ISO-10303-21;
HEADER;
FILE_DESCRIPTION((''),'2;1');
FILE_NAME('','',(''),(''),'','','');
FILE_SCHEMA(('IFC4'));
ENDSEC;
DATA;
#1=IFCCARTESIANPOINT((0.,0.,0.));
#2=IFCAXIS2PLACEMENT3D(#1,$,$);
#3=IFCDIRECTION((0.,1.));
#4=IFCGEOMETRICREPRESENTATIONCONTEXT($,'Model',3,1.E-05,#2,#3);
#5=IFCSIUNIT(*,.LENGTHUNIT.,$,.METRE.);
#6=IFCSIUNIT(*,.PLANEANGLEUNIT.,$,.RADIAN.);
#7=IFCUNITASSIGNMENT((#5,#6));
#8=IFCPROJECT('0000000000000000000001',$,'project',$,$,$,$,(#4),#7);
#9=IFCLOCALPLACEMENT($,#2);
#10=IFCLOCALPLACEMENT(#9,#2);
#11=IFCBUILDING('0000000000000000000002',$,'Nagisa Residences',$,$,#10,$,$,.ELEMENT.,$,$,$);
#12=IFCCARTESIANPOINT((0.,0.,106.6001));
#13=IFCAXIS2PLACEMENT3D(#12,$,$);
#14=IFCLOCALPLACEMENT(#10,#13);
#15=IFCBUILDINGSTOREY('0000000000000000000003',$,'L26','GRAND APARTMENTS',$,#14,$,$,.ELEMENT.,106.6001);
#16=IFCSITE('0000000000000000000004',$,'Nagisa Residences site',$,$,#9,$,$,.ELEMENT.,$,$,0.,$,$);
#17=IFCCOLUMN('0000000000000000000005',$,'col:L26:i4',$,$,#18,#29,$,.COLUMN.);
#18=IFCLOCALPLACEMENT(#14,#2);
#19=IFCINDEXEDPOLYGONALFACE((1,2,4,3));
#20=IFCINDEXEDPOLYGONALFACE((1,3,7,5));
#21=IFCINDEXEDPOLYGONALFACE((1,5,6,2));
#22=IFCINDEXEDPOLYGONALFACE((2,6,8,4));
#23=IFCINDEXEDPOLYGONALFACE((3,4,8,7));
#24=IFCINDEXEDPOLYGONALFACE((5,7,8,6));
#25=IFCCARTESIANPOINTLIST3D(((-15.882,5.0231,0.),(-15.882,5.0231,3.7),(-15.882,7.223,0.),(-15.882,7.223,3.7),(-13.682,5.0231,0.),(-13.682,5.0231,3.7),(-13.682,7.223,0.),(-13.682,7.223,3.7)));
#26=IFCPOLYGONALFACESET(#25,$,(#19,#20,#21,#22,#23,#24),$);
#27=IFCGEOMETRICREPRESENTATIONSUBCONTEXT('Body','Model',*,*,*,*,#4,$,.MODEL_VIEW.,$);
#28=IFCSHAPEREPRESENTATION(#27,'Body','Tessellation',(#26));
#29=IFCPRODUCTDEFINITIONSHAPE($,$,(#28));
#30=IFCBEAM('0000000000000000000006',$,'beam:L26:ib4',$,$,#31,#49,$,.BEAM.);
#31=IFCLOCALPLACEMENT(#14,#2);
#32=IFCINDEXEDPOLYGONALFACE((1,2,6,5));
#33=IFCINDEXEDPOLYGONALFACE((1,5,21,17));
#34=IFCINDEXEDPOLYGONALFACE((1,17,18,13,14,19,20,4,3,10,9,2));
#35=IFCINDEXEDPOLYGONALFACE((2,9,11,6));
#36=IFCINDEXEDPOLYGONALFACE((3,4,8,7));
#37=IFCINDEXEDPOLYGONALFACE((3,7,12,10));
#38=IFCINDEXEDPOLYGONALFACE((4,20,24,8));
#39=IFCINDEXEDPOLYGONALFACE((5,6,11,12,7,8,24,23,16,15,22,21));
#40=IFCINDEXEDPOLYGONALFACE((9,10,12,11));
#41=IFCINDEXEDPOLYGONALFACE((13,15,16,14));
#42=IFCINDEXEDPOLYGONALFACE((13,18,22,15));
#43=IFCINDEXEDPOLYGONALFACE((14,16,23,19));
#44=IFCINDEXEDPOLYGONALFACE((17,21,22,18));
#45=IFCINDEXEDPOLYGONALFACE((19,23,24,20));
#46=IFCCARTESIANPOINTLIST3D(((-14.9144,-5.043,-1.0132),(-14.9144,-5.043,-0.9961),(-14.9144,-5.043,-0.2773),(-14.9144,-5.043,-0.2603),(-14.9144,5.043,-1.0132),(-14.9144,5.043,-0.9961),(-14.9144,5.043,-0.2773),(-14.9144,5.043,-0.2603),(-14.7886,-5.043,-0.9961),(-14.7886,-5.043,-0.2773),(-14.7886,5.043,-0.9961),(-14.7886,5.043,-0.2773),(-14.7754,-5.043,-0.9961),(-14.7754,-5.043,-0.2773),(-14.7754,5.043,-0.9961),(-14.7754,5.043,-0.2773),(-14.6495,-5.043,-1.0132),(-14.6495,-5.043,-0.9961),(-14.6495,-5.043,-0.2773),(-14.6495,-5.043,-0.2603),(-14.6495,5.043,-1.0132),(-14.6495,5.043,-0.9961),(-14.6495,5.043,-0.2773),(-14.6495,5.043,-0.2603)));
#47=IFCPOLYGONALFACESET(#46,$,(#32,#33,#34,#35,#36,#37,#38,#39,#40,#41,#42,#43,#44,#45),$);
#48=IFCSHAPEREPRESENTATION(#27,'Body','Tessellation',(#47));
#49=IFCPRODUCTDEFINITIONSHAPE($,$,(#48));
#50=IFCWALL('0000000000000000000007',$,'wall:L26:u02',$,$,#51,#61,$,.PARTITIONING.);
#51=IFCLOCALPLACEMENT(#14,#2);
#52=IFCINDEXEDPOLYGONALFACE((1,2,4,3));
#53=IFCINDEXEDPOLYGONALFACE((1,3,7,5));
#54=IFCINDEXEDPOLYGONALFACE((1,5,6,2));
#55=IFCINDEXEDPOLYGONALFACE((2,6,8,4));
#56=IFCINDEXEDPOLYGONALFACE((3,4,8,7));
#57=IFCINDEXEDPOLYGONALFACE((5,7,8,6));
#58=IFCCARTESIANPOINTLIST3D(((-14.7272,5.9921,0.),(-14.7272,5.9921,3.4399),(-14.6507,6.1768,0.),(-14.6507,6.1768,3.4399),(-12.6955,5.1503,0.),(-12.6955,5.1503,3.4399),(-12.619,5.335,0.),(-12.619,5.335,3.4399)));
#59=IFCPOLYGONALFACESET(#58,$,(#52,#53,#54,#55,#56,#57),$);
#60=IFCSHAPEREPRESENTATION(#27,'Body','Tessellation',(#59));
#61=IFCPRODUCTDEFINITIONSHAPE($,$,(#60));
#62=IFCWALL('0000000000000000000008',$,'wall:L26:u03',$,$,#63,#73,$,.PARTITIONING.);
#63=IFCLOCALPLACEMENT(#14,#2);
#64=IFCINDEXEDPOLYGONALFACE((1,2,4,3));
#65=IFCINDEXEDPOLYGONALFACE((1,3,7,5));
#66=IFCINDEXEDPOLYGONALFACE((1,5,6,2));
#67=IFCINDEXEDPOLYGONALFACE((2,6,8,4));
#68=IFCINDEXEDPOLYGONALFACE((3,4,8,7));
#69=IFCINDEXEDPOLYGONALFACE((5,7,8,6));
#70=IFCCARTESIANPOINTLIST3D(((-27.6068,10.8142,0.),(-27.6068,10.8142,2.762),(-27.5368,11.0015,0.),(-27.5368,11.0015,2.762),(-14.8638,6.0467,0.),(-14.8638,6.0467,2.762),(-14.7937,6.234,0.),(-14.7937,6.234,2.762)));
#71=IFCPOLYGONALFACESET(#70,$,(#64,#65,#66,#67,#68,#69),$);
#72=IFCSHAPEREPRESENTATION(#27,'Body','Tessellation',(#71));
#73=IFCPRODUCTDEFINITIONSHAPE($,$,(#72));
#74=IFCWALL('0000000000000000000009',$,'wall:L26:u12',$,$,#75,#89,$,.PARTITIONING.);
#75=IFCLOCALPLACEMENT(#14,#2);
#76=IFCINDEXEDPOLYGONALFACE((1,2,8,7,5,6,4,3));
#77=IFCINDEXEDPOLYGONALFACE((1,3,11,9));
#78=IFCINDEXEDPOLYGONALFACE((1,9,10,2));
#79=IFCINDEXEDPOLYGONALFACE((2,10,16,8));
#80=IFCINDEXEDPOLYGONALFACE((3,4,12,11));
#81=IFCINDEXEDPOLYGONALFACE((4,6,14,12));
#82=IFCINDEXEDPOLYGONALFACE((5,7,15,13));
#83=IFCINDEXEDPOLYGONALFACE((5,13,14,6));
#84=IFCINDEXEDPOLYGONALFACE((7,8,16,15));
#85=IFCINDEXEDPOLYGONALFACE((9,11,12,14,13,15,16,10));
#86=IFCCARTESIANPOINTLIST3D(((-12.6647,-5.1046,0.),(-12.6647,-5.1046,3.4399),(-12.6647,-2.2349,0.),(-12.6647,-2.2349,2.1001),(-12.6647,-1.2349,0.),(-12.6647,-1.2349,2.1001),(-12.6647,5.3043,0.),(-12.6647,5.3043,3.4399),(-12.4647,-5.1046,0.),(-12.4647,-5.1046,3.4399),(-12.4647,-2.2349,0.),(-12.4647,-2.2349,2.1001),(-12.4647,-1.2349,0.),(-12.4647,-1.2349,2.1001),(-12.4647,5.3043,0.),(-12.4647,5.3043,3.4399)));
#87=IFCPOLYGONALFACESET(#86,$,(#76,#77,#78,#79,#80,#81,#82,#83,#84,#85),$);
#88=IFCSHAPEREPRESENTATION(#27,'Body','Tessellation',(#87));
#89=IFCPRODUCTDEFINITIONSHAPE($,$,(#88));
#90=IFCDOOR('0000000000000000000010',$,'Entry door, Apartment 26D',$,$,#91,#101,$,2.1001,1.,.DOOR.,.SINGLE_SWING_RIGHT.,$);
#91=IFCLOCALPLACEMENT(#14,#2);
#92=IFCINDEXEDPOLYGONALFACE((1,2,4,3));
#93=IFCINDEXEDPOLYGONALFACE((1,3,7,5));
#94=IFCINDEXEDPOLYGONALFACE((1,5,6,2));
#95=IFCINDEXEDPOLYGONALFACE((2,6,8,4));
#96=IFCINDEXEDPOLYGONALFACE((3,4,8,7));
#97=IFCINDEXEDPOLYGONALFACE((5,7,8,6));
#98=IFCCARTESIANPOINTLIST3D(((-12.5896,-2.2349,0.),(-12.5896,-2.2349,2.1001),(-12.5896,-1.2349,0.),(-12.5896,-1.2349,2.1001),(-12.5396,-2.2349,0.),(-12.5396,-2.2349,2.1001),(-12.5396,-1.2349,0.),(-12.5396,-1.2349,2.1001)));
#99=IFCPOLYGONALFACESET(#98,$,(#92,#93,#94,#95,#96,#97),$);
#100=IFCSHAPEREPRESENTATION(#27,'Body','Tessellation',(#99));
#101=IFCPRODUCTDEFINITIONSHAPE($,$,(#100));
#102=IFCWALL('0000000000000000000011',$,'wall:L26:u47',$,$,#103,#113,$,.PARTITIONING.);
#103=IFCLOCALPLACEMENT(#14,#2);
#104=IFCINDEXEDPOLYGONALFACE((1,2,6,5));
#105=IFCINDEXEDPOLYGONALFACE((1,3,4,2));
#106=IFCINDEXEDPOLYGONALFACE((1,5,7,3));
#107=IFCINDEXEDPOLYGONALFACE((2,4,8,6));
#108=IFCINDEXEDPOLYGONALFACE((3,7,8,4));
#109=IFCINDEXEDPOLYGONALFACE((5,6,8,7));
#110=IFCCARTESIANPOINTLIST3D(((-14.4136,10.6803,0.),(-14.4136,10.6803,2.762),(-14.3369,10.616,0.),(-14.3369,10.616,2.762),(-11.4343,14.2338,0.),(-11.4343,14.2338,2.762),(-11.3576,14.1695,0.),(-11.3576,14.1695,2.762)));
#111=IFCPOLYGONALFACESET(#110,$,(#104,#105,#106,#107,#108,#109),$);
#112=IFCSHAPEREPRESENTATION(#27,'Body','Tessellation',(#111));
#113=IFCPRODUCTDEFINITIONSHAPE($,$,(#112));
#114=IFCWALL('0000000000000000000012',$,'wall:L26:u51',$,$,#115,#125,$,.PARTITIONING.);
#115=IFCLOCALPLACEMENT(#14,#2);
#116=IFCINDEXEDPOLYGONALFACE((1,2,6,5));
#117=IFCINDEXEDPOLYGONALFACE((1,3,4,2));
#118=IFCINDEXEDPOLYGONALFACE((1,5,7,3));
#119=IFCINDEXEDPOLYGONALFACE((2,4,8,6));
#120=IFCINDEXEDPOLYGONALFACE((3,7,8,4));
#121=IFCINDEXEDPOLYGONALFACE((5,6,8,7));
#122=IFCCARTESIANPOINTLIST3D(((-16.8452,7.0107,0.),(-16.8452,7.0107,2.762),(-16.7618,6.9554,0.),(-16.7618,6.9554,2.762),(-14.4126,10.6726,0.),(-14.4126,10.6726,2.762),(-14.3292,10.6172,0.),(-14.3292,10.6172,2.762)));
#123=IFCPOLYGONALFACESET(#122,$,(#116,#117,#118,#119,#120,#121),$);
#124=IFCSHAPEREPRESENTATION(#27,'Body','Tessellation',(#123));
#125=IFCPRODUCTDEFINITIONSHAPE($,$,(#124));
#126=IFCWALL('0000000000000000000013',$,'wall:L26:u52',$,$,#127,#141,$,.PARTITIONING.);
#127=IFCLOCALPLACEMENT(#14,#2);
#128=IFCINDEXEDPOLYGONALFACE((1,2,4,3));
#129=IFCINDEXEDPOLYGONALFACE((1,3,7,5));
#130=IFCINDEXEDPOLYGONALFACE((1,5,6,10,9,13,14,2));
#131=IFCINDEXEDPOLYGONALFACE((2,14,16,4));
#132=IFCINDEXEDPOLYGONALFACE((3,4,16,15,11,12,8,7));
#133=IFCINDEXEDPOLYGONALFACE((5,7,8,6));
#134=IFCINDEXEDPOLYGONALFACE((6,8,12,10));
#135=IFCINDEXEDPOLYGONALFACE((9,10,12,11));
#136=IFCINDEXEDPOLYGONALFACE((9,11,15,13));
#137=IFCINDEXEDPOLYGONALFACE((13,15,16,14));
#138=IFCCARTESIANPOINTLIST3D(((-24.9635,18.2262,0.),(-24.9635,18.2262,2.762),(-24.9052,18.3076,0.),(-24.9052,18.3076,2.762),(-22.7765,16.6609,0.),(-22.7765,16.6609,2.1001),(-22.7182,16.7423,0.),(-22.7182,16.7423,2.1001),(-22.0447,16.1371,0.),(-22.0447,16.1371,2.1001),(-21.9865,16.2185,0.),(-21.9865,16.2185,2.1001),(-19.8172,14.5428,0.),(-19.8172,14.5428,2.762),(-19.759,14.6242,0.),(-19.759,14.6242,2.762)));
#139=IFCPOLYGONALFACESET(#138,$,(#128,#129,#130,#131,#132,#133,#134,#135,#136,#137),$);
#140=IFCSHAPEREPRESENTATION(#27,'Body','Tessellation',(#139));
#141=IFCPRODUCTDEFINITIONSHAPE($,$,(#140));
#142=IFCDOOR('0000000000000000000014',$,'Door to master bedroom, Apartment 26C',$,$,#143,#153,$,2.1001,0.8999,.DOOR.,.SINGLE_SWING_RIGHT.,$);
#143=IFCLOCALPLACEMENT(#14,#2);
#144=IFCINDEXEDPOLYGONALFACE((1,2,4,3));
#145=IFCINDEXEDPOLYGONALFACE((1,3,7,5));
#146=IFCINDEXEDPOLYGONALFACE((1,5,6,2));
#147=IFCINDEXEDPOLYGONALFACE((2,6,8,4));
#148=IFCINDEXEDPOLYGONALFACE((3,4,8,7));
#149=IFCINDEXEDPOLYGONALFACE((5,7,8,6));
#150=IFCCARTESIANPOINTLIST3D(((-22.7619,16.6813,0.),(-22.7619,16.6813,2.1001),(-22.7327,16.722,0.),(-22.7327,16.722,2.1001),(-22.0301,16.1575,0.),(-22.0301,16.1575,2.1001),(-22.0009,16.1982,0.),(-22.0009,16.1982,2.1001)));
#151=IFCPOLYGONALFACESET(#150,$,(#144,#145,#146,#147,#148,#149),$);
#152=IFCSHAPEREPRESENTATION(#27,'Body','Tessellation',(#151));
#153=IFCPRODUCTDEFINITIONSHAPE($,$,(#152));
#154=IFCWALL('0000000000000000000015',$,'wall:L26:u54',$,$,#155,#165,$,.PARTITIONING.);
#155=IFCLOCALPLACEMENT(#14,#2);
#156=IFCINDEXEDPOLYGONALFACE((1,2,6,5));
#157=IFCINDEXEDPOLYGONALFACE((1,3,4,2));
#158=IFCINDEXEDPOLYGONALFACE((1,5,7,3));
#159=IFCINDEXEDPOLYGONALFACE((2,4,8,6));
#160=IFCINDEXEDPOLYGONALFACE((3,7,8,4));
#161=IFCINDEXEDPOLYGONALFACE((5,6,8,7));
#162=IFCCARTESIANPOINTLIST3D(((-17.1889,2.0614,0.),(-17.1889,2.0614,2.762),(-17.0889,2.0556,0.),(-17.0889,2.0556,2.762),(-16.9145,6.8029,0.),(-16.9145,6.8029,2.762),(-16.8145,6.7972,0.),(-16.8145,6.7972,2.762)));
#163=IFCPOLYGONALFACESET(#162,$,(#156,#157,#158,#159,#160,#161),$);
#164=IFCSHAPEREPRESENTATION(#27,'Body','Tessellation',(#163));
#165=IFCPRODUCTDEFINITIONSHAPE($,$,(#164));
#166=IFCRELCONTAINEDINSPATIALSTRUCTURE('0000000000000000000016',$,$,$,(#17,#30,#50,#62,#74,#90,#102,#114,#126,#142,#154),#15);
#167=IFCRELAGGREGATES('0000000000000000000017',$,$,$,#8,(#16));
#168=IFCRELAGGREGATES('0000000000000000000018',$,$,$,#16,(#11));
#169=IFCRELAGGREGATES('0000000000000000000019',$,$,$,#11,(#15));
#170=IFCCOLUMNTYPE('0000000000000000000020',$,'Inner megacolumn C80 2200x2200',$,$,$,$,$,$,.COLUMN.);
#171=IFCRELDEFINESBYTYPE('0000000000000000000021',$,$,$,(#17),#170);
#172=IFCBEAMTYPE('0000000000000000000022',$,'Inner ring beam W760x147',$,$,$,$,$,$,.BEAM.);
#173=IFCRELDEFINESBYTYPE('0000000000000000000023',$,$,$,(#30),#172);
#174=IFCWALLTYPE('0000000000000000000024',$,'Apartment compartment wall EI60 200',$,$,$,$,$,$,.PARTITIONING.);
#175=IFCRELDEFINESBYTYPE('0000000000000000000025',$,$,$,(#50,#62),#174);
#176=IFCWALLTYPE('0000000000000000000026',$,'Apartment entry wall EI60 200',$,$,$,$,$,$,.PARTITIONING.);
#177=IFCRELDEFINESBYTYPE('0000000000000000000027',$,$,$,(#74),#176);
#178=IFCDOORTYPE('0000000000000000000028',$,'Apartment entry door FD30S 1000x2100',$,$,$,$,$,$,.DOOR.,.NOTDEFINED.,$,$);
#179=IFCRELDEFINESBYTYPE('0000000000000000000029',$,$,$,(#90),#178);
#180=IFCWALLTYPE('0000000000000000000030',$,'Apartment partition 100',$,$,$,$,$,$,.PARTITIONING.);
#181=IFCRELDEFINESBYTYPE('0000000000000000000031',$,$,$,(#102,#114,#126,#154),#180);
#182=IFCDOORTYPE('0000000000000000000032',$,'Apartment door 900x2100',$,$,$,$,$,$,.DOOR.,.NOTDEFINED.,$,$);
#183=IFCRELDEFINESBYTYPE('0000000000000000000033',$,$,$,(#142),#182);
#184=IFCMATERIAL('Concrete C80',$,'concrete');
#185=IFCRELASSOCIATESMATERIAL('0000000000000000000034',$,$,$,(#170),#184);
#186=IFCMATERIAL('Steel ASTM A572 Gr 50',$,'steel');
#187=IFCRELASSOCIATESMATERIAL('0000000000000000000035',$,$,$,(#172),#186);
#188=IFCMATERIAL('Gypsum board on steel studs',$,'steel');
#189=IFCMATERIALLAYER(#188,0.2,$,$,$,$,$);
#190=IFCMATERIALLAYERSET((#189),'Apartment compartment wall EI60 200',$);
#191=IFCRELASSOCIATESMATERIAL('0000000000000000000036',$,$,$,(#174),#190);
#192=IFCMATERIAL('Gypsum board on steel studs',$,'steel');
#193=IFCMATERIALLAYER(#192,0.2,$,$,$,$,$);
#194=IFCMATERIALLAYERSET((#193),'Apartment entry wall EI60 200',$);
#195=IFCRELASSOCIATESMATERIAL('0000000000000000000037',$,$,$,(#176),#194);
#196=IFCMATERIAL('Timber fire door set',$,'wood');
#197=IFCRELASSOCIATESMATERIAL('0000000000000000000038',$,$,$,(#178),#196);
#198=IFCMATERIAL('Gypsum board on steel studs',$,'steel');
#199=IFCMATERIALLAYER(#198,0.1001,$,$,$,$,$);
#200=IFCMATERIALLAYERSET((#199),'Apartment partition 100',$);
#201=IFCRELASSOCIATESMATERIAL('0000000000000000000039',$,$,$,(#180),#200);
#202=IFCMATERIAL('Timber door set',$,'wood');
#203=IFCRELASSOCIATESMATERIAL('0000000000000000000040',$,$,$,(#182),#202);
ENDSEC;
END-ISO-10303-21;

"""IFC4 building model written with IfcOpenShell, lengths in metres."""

from ifc_helpers import new_model, si_unit, direction, frame, frame_2d, origin, origin_2d, place, context, subcontext, project, spatial, rectangle, i_section, extrude, material, layer, layer_set, material_profile, profile_set, type_object, element, fill, save


model = new_model("IFC4")

# Units and contexts
model_context = context("Model", 3, precision=1e-05, world=origin(), true_north=direction((0.0, 1.0)))
body_context = subcontext(model_context, "Body", "Model", "MODEL_VIEW")
ifc_project = project(units=[si_unit("LENGTHUNIT", "METRE"), si_unit("PLANEANGLEUNIT", "RADIAN")], contexts=[model_context])

# Site, building, storey
site_placement = place(None, origin())
site = spatial("IfcSite", under=ifc_project, at=site_placement, Name="Nagisa Residences site", CompositionType="ELEMENT", RefElevation=0.0)
building_placement = place(site_placement, origin())
building = spatial("IfcBuilding", under=site, at=building_placement, Name="Nagisa Residences", CompositionType="ELEMENT")
storey_placement = place(building_placement, frame((0.0, 0.0, 106.6001)))
storey = spatial("IfcBuildingStorey", under=building, at=storey_placement, Name="L26", Description="GRAND APARTMENTS", CompositionType="ELEMENT", Elevation=106.6001)

# Column
ifc_material_1 = material(Name="Concrete C80", Category="concrete")
ifc_material_profile_1 = material_profile(ifc_material_1, rectangle(XDim=2.2, YDim=2.2, at=origin_2d()), Name="C80 2200x2200")
ifc_profile_set_1 = profile_set([ifc_material_profile_1], Name="Concrete C80")
column_type = type_object("IfcColumnType", Name="Inner megacolumn C80 2200x2200", PredefinedType="COLUMN", material=ifc_profile_set_1)
column_placement = place(storey_placement, frame((-14.782, 6.123, 0.0), z_axis=(0.0, 0.0, 1.0), x_axis=(1.0, 0.0, 0.0)))
element("IfcColumn", 1, at=column_placement, inside=storey, type_object=column_type, Name="col:L26:i4", PredefinedType="COLUMN", context=body_context, shape_type="SweptSolid", body=[
    extrude(rectangle(XDim=2.2, YDim=2.2, at=origin_2d()), origin(), (0.0, 0.0, 1.0), 3.7),
])

# Beam
ifc_material_2 = material(Name="Steel ASTM A572 Gr 50", Category="steel")
ifc_material_profile_2 = material_profile(ifc_material_2, i_section(OverallWidth=0.2649, OverallDepth=0.7529, WebThickness=0.0132, FlangeThickness=0.0171, at=origin_2d()), Name="W760x147")
ifc_profile_set_2 = profile_set([ifc_material_profile_2], Name="Steel ASTM A572 Gr 50")
beam_type = type_object("IfcBeamType", Name="Inner ring beam W760x147", PredefinedType="BEAM", material=ifc_profile_set_2)
beam_placement = place(storey_placement, frame((-14.782, 5.043, -0.6367), z_axis=(0.0, -1.0, 0.0), x_axis=(1.0, 0.0, 0.0)))
element("IfcBeam", 2, at=beam_placement, inside=storey, type_object=beam_type, Name="beam:L26:ib4", PredefinedType="BEAM", context=body_context, shape_type="SweptSolid", body=[
    extrude(i_section(OverallWidth=0.2649, OverallDepth=0.7529, WebThickness=0.0132, FlangeThickness=0.0171, at=origin_2d()), origin(), (0.0, 0.0, 1.0), 10.0859),
])

# Walls
ifc_material_3 = material(Name="Gypsum board on steel studs", Category="steel")
ifc_layer_1 = layer(ifc_material_3, 0.2)
ifc_layer_set_1 = layer_set([ifc_layer_1], Name="Apartment compartment wall EI60 200")
wall_type_1 = type_object("IfcWallType", Name="Apartment compartment wall EI60 200", PredefinedType="PARTITIONING", material=ifc_layer_set_1)
wall_1_placement = place(storey_placement, frame((-12.6572, 5.2427, 0.0), z_axis=(0.0, 0.0, 1.0), x_axis=(-0.923844, 0.38277, 0.0)))
element("IfcWall", 3, at=wall_1_placement, inside=storey, type_object=wall_type_1, Name="wall:L26:u02", PredefinedType="PARTITIONING", context=body_context, shape_type="SweptSolid", body=[
    extrude(rectangle(XDim=2.1992, YDim=0.2, at=frame_2d((1.0996, 0.0))), origin(), (0.0, 0.0, 1.0), 3.4399),
])
wall_2_placement = place(storey_placement, frame((-14.8289, 6.1404, 0.0), z_axis=(0.0, 0.0, 1.0), x_axis=(-0.936597, 0.350408, 0.0)))
element("IfcWall", 4, at=wall_2_placement, inside=storey, type_object=wall_type_1, Name="wall:L26:u03", PredefinedType="PARTITIONING", context=body_context, shape_type="SweptSolid", body=[
    extrude(rectangle(XDim=13.6057, YDim=0.2, at=frame_2d((6.8027, 0.0))), origin(), (0.0, 0.0, 1.0), 2.762),
])

# Wall, opening, door
ifc_material_4 = material(Name="Gypsum board on steel studs", Category="steel")
ifc_layer_2 = layer(ifc_material_4, 0.2)
ifc_layer_set_2 = layer_set([ifc_layer_2], Name="Apartment entry wall EI60 200")
wall_type_2 = type_object("IfcWallType", Name="Apartment entry wall EI60 200", PredefinedType="PARTITIONING", material=ifc_layer_set_2)
wall_3_placement = place(storey_placement, frame((-12.5647, 5.3044, 0.0), z_axis=(0.0, 0.0, 1.0), x_axis=(0.0, -1.0, 0.0)))
wall_3 = element("IfcWall", 5, at=wall_3_placement, inside=storey, type_object=wall_type_2, Name="wall:L26:u12", PredefinedType="PARTITIONING", context=body_context, shape_type="SweptSolid", body=[
    extrude(rectangle(XDim=10.4089, YDim=0.2, at=frame_2d((5.2046, 0.0))), origin(), (0.0, 0.0, 1.0), 3.4399),
])
opening_1_placement = place(wall_3_placement, frame((6.5393, 0.0, 0.0)))
opening_1 = element("IfcOpeningElement", 6, at=opening_1_placement, cuts=wall_3, PredefinedType="OPENING", context=body_context, shape_type="SweptSolid", body=[
    extrude(rectangle(XDim=1.0, YDim=2.1001, at=frame_2d((0.5, 1.05))), frame((0.0, 0.1099, 0.0), z_axis=(0.0, -1.0, 0.0), x_axis=(1.0, 0.0, 0.0)), (0.0, 0.0, 1.0), 0.22),
])
ifc_material_5 = material(Name="Timber fire door set", Category="wood")
door_type_1 = type_object("IfcDoorType", Name="Apartment entry door FD30S 1000x2100", OperationType="NOTDEFINED", PredefinedType="DOOR", material=ifc_material_5)
door_1_placement = place(opening_1_placement, frame((1.0, 0.0, 0.0), x_axis=(-1.0, 0.0, 0.0)))
door_1 = element("IfcDoor", 7, at=door_1_placement, inside=storey, type_object=door_type_1, Name="Entry door, Apartment 26D", OperationType="SINGLE_SWING_RIGHT", OverallHeight=2.1001, OverallWidth=1.0, PredefinedType="DOOR", context=body_context, shape_type="SweptSolid", body=[
    extrude(rectangle(XDim=1.0, YDim=2.1001, at=frame_2d((0.5, 1.05))), frame((0.0, 0.0249, 0.0), z_axis=(0.0, -1.0, 0.0), x_axis=(1.0, 0.0, 0.0)), (0.0, 0.0, 1.0), 0.05),
])
fill(opening_1, door_1)

# Walls
ifc_material_6 = material(Name="Gypsum board on steel studs", Category="steel")
ifc_layer_3 = layer(ifc_material_6, 0.1001)
ifc_layer_set_3 = layer_set([ifc_layer_3], Name="Apartment partition 100")
wall_type_3 = type_object("IfcWallType", Name="Apartment partition 100", PredefinedType="PARTITIONING", material=ifc_layer_set_3)
wall_4_placement = place(storey_placement, frame((-11.396, 14.2017, 0.0), z_axis=(0.0, 0.0, 1.0), x_axis=(-0.642476, -0.766306, 0.0)))
element("IfcWall", 8, at=wall_4_placement, inside=storey, type_object=wall_type_3, Name="wall:L26:u47", PredefinedType="PARTITIONING", context=body_context, shape_type="SweptSolid", body=[
    extrude(rectangle(XDim=4.6372, YDim=0.1001, at=frame_2d((2.3186, 0.0))), origin(), (0.0, 0.0, 1.0), 2.762),
])
wall_5_placement = place(storey_placement, frame((-14.3708, 10.645, 0.0), z_axis=(0.0, 0.0, 1.0), x_axis=(-0.553341, -0.832955, 0.0)))
element("IfcWall", 9, at=wall_5_placement, inside=storey, type_object=wall_type_3, Name="wall:L26:u51", PredefinedType="PARTITIONING", context=body_context, shape_type="SweptSolid", body=[
    extrude(rectangle(XDim=4.3962, YDim=0.1001, at=frame_2d((2.1982, 0.0))), origin(), (0.0, 0.0, 1.0), 2.762),
])

# Wall, opening, door
wall_6_placement = place(storey_placement, frame((-19.7881, 14.5835, 0.0), z_axis=(0.0, 0.0, 1.0), x_axis=(-0.813175, 0.582019, 0.0)))
wall_6 = element("IfcWall", 10, at=wall_6_placement, inside=storey, type_object=wall_type_3, Name="wall:L26:u52", PredefinedType="PARTITIONING", context=body_context, shape_type="SweptSolid", body=[
    extrude(rectangle(XDim=6.3286, YDim=0.1001, at=frame_2d((3.1643, 0.0))), origin(), (0.0, 0.0, 1.0), 2.762),
])
opening_2_placement = place(wall_6_placement, frame((2.7393, 0.0, 0.0)))
opening_2 = element("IfcOpeningElement", 11, at=opening_2_placement, cuts=wall_6, PredefinedType="OPENING", context=body_context, shape_type="SweptSolid", body=[
    extrude(rectangle(XDim=0.8999, YDim=2.1001, at=frame_2d((0.45, 1.05))), frame((0.0, 0.0601, 0.0), z_axis=(0.0, -1.0, 0.0), x_axis=(1.0, 0.0, 0.0)), (0.0, 0.0, 1.0), 0.1201),
])
ifc_material_7 = material(Name="Timber door set", Category="wood")
door_type_2 = type_object("IfcDoorType", Name="Apartment door 900x2100", OperationType="NOTDEFINED", PredefinedType="DOOR", material=ifc_material_7)
door_2_placement = place(opening_2_placement, origin())
door_2 = element("IfcDoor", 12, at=door_2_placement, inside=storey, type_object=door_type_2, Name="Door to master bedroom, Apartment 26C", OperationType="SINGLE_SWING_RIGHT", OverallHeight=2.1001, OverallWidth=0.8999, PredefinedType="DOOR", context=body_context, shape_type="SweptSolid", body=[
    extrude(rectangle(XDim=0.8999, YDim=2.1001, at=frame_2d((0.45, 1.05))), frame((0.0, 0.0249, 0.0), z_axis=(0.0, -1.0, 0.0), x_axis=(1.0, 0.0, 0.0)), (0.0, 0.0, 1.0), 0.05),
])
fill(opening_2, door_2)

# Wall
wall_7_placement = place(storey_placement, frame((-16.8645, 6.8, 0.0), z_axis=(0.0, 0.0, 1.0), x_axis=(-0.057776, -0.99833, 0.0)))
element("IfcWall", 13, at=wall_7_placement, inside=storey, type_object=wall_type_3, Name="wall:L26:u54", PredefinedType="PARTITIONING", context=body_context, shape_type="SweptSolid", body=[
    extrude(rectangle(XDim=4.7495, YDim=0.1001, at=frame_2d((2.3748, 0.0))), origin(), (0.0, 0.0, 1.0), 2.762),
])

save(model, "model.ifc")
